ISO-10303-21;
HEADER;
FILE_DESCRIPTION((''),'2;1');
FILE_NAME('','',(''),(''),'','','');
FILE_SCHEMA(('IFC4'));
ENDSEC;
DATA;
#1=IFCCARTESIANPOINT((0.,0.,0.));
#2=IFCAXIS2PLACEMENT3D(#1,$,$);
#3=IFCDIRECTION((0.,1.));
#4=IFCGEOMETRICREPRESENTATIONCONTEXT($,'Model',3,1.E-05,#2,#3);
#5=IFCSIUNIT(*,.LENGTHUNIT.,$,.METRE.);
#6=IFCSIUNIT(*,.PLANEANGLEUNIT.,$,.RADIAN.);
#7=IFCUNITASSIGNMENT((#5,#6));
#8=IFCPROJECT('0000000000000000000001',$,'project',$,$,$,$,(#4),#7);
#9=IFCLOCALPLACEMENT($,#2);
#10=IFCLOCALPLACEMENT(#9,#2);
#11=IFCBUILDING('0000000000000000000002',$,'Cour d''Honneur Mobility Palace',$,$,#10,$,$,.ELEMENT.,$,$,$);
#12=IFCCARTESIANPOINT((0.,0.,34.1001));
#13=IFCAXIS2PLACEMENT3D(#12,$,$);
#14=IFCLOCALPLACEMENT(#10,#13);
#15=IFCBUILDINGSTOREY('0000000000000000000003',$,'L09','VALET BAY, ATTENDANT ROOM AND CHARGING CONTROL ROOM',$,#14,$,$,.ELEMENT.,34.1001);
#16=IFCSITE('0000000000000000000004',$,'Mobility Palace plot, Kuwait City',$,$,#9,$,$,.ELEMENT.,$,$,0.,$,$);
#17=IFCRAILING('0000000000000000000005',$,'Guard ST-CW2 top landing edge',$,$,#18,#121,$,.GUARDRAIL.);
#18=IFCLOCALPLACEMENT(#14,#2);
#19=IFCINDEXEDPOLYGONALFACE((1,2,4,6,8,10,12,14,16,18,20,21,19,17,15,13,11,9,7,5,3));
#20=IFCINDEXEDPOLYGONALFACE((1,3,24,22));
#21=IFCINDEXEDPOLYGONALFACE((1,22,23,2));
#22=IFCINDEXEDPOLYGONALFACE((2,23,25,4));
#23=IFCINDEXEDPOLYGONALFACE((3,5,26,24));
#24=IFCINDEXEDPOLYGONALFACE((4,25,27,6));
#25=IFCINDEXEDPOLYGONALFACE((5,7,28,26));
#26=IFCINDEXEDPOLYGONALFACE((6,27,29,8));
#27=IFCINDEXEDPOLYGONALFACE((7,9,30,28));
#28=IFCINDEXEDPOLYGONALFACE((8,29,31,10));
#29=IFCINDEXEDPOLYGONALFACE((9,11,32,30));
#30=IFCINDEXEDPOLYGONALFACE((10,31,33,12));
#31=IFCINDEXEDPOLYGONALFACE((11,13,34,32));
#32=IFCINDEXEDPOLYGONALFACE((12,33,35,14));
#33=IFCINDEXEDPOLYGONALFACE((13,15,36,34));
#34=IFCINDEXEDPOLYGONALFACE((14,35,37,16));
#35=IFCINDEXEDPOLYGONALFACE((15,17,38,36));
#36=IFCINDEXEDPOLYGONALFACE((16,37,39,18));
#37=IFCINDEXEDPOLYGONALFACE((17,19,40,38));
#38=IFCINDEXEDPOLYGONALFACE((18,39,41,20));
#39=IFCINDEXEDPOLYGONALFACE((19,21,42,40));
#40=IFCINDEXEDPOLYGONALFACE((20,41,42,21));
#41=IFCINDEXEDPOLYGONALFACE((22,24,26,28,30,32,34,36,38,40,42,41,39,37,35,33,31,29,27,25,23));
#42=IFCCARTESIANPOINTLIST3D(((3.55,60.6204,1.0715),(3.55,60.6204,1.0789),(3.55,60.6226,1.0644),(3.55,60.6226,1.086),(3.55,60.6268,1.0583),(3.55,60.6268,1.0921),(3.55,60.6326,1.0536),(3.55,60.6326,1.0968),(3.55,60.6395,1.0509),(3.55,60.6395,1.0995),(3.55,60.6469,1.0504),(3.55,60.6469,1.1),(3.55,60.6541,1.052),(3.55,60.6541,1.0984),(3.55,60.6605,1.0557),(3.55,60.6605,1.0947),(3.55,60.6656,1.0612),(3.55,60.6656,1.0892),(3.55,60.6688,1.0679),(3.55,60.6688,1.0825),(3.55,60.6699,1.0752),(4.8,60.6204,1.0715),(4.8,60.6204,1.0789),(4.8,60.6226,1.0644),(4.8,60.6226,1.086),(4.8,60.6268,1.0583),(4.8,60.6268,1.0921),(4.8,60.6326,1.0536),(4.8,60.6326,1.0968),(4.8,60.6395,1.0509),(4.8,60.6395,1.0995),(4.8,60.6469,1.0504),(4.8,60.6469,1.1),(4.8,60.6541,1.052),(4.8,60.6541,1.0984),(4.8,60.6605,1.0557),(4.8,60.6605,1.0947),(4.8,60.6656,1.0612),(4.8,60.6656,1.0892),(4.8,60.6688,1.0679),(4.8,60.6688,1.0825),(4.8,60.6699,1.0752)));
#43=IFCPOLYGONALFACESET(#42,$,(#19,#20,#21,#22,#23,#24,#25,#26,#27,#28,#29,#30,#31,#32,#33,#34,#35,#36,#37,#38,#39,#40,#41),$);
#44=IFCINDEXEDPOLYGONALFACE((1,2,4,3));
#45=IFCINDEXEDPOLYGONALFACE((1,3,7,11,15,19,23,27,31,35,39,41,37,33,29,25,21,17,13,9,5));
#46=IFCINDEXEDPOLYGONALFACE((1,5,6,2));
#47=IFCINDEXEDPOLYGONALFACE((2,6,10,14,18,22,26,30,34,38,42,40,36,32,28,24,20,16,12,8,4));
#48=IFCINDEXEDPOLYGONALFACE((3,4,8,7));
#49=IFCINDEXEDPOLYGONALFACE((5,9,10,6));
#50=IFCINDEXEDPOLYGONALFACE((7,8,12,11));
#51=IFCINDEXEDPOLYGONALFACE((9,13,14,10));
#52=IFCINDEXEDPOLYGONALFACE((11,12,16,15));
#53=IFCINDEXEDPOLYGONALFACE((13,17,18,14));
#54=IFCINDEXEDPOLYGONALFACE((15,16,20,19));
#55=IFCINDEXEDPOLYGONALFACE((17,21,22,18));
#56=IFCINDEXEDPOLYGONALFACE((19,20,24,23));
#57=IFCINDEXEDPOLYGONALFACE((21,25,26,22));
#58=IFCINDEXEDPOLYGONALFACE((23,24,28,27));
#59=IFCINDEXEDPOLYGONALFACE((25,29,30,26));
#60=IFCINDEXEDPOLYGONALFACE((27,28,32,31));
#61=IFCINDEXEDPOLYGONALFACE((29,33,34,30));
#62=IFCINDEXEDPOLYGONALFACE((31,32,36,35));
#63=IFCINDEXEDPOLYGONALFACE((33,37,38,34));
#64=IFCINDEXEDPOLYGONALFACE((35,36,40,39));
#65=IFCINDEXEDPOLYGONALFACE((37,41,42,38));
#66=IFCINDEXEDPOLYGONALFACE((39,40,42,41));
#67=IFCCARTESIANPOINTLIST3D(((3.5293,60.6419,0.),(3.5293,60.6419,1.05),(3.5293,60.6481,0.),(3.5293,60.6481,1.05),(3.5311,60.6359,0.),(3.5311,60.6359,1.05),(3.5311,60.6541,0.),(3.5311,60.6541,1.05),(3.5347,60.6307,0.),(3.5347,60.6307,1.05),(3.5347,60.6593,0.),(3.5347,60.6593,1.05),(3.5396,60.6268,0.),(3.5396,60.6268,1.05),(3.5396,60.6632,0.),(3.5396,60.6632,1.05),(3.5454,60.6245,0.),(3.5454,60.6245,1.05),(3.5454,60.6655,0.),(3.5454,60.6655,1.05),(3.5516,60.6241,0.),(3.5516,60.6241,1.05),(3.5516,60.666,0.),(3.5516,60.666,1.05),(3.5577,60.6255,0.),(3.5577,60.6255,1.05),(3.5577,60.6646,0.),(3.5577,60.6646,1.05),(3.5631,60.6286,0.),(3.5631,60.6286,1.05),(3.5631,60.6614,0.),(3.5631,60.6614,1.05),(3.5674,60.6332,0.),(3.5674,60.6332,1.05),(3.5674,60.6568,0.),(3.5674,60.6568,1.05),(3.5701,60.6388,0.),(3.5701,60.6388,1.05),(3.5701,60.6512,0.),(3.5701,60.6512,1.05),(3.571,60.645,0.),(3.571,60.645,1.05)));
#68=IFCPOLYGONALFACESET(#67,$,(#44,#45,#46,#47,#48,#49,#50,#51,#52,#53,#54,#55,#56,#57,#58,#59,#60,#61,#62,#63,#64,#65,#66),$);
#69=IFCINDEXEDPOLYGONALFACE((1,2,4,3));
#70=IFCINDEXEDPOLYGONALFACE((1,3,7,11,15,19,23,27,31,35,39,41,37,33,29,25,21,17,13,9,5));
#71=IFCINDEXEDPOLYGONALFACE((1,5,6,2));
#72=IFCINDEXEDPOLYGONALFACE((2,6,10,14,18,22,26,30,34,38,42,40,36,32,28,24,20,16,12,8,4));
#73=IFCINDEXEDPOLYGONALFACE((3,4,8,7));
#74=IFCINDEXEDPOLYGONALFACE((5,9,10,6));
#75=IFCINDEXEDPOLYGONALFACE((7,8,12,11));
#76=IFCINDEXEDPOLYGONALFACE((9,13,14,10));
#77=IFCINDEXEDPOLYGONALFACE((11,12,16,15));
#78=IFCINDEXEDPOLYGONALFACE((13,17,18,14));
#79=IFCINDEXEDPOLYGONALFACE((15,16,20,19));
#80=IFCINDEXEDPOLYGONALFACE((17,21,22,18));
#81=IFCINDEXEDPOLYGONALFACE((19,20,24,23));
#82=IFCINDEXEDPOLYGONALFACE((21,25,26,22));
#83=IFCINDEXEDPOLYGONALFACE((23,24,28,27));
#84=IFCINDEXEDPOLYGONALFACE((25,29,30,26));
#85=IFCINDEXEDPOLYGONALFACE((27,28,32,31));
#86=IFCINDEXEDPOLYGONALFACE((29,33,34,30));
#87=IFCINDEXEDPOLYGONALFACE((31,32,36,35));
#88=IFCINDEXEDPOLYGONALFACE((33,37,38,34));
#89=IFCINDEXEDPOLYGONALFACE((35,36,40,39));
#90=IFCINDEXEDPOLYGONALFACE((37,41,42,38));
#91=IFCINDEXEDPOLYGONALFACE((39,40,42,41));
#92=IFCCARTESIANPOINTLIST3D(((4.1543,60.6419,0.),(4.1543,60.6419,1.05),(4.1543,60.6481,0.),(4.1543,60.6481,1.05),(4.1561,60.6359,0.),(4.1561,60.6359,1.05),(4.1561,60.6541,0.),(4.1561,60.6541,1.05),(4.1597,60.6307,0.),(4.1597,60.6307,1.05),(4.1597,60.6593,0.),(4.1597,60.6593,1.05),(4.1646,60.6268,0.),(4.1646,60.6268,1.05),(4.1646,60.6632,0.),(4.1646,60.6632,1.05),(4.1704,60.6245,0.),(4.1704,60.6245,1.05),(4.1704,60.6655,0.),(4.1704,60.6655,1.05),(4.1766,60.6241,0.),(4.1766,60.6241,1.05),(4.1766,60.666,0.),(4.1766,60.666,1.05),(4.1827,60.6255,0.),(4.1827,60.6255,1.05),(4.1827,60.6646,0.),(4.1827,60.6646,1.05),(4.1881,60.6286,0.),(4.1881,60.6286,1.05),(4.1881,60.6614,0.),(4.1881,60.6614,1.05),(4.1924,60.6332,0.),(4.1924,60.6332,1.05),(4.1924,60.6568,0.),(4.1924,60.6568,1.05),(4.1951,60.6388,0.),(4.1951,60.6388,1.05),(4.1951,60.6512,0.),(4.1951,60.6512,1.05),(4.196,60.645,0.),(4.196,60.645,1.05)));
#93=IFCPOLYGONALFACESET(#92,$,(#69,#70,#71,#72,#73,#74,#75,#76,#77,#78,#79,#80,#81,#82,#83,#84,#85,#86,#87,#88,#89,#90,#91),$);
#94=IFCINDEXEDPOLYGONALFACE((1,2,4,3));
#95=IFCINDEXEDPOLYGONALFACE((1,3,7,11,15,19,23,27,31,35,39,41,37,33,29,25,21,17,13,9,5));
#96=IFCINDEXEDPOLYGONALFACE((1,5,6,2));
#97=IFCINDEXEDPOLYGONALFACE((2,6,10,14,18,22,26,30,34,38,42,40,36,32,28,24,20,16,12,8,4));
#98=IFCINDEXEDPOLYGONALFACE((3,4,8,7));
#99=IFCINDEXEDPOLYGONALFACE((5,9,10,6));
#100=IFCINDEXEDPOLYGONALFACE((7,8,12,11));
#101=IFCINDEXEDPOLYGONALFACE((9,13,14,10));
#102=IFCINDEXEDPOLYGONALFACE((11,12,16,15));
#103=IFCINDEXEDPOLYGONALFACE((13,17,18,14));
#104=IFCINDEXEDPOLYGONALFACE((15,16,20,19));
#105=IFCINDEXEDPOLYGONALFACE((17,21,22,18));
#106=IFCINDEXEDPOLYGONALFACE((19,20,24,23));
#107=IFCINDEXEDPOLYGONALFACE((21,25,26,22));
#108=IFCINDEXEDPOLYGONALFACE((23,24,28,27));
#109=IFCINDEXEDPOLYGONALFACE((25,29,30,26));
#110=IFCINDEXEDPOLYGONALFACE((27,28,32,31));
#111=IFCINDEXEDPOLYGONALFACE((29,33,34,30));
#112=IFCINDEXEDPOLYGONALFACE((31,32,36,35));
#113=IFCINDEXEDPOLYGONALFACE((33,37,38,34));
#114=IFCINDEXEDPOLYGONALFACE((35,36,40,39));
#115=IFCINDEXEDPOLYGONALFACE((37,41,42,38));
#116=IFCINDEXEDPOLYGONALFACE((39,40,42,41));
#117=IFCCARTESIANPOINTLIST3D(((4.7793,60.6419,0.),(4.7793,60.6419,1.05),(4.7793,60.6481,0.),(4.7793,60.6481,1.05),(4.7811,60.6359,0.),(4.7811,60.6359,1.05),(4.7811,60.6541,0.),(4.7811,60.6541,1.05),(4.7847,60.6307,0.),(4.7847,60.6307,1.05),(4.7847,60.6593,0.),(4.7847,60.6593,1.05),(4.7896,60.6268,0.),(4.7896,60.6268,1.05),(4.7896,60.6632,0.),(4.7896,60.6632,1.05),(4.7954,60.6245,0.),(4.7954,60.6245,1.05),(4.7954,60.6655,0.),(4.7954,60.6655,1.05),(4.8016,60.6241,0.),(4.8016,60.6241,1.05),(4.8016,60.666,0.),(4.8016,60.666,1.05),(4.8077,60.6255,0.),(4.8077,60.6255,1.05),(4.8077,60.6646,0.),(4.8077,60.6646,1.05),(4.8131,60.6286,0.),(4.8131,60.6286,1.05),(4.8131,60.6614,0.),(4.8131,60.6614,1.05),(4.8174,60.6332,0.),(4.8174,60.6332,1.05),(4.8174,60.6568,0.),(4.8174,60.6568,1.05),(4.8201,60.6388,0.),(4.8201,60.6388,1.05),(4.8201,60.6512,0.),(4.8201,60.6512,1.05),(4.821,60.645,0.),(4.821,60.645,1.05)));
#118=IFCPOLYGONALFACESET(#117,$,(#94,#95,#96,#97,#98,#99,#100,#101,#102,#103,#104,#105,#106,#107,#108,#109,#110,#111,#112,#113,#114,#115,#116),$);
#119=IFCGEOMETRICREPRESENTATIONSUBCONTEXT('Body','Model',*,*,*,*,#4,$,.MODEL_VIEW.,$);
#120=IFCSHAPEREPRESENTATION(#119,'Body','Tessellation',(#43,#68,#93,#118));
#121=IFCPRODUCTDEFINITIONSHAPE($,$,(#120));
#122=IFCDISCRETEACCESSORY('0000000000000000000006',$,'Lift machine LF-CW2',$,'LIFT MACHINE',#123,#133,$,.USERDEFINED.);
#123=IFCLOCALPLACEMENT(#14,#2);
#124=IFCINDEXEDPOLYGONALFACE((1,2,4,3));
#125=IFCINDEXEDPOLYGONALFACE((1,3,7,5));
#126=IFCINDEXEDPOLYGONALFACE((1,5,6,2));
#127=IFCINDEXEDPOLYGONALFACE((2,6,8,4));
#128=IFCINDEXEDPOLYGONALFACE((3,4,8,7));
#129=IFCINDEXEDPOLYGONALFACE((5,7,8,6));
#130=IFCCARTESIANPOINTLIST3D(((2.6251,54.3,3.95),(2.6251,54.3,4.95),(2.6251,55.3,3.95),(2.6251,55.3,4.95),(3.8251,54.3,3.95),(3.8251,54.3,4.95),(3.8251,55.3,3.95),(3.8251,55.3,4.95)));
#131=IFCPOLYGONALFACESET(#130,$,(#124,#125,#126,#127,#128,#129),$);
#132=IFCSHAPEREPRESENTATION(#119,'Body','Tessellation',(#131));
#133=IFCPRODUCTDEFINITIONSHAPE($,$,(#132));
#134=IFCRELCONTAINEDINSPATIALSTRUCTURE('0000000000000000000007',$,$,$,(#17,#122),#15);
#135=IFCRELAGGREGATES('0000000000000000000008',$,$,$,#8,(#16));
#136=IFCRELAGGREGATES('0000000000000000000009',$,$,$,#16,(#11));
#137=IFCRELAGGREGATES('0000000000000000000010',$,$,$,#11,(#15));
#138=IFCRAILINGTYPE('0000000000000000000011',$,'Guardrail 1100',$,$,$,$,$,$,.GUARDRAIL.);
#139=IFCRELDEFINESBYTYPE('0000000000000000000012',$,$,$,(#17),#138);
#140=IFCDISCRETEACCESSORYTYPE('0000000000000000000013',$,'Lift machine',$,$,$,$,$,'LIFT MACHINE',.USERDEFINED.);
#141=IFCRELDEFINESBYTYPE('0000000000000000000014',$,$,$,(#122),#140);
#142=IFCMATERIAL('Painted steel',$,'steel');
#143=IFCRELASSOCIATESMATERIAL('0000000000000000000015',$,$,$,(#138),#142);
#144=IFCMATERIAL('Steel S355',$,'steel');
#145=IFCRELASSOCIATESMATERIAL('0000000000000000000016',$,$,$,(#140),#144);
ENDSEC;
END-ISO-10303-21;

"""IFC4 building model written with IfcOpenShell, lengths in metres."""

from ifc_helpers import new_model, si_unit, direction, frame, origin, origin_2d, place, context, subcontext, project, spatial, rectangle, circle, extrude, material, type_object, element, save


model = new_model("IFC4")

# Units and contexts
model_context = context("Model", 3, precision=1e-05, world=origin(), true_north=direction((0.0, 1.0)))
body_context = subcontext(model_context, "Body", "Model", "MODEL_VIEW")
ifc_project = project(units=[si_unit("LENGTHUNIT", "METRE"), si_unit("PLANEANGLEUNIT", "RADIAN")], contexts=[model_context])

# Site, building, storey
site_placement = place(None, origin())
site = spatial("IfcSite", under=ifc_project, at=site_placement, Name="Mobility Palace plot, Kuwait City", CompositionType="ELEMENT", RefElevation=0.0)
building_placement = place(site_placement, origin())
building = spatial("IfcBuilding", under=site, at=building_placement, Name="Cour d'Honneur Mobility Palace", CompositionType="ELEMENT")
storey_placement = place(building_placement, frame((0.0, 0.0, 34.1001)))
storey = spatial("IfcBuildingStorey", under=building, at=storey_placement, Name="L09", Description="VALET BAY, ATTENDANT ROOM AND CHARGING CONTROL ROOM", CompositionType="ELEMENT", Elevation=34.1001)

# Railing
ifc_material_1 = material(Name="Painted steel", Category="steel")
railing_type_1 = type_object("IfcRailingType", Name="Guardrail 1100", PredefinedType="GUARDRAIL", material=ifc_material_1)
railing_1_placement = place(storey_placement, frame((3.55, 60.645, 0.0)))
element("IfcRailing", 1, at=railing_1_placement, inside=storey, type_object=railing_type_1, Name="Guard ST-CW2 top landing edge", PredefinedType="GUARDRAIL", context=body_context, shape_type="SweptSolid", body=[
    extrude(circle(Radius=0.0249, at=origin_2d()), frame((0.0, 0.0, 1.0752), z_axis=(1.0, 0.0, 0.0), x_axis=(0.0, 1.0, 0.0)), (0.0, 0.0, 1.0), 1.25),
    extrude(circle(Radius=0.021, at=origin_2d()), origin(), (0.0, 0.0, 1.0), 1.05),
    extrude(circle(Radius=0.021, at=origin_2d()), frame((0.625, 0.0, 0.0)), (0.0, 0.0, 1.0), 1.05),
    extrude(circle(Radius=0.021, at=origin_2d()), frame((1.25, 0.0, 0.0)), (0.0, 0.0, 1.0), 1.05),
])

# Discrete accessory
ifc_material_2 = material(Name="Steel S355", Category="steel")
discrete_accessory_type = type_object("IfcDiscreteAccessoryType", Name="Lift machine", ElementType="LIFT MACHINE", PredefinedType="USERDEFINED", material=ifc_material_2)
discrete_accessory_placement = place(storey_placement, frame((3.2251, 54.8, 3.95), z_axis=(0.0, 0.0, 1.0), x_axis=(1.0, 0.0, 0.0)))
element("IfcDiscreteAccessory", 2, at=discrete_accessory_placement, inside=storey, type_object=discrete_accessory_type, Name="Lift machine LF-CW2", ObjectType="LIFT MACHINE", PredefinedType="USERDEFINED", context=body_context, shape_type="SweptSolid", body=[
    extrude(rectangle(XDim=1.2, YDim=1.0, at=origin_2d()), origin(), (0.0, 0.0, 1.0), 1.0),
])

save(model, "model.ifc")
